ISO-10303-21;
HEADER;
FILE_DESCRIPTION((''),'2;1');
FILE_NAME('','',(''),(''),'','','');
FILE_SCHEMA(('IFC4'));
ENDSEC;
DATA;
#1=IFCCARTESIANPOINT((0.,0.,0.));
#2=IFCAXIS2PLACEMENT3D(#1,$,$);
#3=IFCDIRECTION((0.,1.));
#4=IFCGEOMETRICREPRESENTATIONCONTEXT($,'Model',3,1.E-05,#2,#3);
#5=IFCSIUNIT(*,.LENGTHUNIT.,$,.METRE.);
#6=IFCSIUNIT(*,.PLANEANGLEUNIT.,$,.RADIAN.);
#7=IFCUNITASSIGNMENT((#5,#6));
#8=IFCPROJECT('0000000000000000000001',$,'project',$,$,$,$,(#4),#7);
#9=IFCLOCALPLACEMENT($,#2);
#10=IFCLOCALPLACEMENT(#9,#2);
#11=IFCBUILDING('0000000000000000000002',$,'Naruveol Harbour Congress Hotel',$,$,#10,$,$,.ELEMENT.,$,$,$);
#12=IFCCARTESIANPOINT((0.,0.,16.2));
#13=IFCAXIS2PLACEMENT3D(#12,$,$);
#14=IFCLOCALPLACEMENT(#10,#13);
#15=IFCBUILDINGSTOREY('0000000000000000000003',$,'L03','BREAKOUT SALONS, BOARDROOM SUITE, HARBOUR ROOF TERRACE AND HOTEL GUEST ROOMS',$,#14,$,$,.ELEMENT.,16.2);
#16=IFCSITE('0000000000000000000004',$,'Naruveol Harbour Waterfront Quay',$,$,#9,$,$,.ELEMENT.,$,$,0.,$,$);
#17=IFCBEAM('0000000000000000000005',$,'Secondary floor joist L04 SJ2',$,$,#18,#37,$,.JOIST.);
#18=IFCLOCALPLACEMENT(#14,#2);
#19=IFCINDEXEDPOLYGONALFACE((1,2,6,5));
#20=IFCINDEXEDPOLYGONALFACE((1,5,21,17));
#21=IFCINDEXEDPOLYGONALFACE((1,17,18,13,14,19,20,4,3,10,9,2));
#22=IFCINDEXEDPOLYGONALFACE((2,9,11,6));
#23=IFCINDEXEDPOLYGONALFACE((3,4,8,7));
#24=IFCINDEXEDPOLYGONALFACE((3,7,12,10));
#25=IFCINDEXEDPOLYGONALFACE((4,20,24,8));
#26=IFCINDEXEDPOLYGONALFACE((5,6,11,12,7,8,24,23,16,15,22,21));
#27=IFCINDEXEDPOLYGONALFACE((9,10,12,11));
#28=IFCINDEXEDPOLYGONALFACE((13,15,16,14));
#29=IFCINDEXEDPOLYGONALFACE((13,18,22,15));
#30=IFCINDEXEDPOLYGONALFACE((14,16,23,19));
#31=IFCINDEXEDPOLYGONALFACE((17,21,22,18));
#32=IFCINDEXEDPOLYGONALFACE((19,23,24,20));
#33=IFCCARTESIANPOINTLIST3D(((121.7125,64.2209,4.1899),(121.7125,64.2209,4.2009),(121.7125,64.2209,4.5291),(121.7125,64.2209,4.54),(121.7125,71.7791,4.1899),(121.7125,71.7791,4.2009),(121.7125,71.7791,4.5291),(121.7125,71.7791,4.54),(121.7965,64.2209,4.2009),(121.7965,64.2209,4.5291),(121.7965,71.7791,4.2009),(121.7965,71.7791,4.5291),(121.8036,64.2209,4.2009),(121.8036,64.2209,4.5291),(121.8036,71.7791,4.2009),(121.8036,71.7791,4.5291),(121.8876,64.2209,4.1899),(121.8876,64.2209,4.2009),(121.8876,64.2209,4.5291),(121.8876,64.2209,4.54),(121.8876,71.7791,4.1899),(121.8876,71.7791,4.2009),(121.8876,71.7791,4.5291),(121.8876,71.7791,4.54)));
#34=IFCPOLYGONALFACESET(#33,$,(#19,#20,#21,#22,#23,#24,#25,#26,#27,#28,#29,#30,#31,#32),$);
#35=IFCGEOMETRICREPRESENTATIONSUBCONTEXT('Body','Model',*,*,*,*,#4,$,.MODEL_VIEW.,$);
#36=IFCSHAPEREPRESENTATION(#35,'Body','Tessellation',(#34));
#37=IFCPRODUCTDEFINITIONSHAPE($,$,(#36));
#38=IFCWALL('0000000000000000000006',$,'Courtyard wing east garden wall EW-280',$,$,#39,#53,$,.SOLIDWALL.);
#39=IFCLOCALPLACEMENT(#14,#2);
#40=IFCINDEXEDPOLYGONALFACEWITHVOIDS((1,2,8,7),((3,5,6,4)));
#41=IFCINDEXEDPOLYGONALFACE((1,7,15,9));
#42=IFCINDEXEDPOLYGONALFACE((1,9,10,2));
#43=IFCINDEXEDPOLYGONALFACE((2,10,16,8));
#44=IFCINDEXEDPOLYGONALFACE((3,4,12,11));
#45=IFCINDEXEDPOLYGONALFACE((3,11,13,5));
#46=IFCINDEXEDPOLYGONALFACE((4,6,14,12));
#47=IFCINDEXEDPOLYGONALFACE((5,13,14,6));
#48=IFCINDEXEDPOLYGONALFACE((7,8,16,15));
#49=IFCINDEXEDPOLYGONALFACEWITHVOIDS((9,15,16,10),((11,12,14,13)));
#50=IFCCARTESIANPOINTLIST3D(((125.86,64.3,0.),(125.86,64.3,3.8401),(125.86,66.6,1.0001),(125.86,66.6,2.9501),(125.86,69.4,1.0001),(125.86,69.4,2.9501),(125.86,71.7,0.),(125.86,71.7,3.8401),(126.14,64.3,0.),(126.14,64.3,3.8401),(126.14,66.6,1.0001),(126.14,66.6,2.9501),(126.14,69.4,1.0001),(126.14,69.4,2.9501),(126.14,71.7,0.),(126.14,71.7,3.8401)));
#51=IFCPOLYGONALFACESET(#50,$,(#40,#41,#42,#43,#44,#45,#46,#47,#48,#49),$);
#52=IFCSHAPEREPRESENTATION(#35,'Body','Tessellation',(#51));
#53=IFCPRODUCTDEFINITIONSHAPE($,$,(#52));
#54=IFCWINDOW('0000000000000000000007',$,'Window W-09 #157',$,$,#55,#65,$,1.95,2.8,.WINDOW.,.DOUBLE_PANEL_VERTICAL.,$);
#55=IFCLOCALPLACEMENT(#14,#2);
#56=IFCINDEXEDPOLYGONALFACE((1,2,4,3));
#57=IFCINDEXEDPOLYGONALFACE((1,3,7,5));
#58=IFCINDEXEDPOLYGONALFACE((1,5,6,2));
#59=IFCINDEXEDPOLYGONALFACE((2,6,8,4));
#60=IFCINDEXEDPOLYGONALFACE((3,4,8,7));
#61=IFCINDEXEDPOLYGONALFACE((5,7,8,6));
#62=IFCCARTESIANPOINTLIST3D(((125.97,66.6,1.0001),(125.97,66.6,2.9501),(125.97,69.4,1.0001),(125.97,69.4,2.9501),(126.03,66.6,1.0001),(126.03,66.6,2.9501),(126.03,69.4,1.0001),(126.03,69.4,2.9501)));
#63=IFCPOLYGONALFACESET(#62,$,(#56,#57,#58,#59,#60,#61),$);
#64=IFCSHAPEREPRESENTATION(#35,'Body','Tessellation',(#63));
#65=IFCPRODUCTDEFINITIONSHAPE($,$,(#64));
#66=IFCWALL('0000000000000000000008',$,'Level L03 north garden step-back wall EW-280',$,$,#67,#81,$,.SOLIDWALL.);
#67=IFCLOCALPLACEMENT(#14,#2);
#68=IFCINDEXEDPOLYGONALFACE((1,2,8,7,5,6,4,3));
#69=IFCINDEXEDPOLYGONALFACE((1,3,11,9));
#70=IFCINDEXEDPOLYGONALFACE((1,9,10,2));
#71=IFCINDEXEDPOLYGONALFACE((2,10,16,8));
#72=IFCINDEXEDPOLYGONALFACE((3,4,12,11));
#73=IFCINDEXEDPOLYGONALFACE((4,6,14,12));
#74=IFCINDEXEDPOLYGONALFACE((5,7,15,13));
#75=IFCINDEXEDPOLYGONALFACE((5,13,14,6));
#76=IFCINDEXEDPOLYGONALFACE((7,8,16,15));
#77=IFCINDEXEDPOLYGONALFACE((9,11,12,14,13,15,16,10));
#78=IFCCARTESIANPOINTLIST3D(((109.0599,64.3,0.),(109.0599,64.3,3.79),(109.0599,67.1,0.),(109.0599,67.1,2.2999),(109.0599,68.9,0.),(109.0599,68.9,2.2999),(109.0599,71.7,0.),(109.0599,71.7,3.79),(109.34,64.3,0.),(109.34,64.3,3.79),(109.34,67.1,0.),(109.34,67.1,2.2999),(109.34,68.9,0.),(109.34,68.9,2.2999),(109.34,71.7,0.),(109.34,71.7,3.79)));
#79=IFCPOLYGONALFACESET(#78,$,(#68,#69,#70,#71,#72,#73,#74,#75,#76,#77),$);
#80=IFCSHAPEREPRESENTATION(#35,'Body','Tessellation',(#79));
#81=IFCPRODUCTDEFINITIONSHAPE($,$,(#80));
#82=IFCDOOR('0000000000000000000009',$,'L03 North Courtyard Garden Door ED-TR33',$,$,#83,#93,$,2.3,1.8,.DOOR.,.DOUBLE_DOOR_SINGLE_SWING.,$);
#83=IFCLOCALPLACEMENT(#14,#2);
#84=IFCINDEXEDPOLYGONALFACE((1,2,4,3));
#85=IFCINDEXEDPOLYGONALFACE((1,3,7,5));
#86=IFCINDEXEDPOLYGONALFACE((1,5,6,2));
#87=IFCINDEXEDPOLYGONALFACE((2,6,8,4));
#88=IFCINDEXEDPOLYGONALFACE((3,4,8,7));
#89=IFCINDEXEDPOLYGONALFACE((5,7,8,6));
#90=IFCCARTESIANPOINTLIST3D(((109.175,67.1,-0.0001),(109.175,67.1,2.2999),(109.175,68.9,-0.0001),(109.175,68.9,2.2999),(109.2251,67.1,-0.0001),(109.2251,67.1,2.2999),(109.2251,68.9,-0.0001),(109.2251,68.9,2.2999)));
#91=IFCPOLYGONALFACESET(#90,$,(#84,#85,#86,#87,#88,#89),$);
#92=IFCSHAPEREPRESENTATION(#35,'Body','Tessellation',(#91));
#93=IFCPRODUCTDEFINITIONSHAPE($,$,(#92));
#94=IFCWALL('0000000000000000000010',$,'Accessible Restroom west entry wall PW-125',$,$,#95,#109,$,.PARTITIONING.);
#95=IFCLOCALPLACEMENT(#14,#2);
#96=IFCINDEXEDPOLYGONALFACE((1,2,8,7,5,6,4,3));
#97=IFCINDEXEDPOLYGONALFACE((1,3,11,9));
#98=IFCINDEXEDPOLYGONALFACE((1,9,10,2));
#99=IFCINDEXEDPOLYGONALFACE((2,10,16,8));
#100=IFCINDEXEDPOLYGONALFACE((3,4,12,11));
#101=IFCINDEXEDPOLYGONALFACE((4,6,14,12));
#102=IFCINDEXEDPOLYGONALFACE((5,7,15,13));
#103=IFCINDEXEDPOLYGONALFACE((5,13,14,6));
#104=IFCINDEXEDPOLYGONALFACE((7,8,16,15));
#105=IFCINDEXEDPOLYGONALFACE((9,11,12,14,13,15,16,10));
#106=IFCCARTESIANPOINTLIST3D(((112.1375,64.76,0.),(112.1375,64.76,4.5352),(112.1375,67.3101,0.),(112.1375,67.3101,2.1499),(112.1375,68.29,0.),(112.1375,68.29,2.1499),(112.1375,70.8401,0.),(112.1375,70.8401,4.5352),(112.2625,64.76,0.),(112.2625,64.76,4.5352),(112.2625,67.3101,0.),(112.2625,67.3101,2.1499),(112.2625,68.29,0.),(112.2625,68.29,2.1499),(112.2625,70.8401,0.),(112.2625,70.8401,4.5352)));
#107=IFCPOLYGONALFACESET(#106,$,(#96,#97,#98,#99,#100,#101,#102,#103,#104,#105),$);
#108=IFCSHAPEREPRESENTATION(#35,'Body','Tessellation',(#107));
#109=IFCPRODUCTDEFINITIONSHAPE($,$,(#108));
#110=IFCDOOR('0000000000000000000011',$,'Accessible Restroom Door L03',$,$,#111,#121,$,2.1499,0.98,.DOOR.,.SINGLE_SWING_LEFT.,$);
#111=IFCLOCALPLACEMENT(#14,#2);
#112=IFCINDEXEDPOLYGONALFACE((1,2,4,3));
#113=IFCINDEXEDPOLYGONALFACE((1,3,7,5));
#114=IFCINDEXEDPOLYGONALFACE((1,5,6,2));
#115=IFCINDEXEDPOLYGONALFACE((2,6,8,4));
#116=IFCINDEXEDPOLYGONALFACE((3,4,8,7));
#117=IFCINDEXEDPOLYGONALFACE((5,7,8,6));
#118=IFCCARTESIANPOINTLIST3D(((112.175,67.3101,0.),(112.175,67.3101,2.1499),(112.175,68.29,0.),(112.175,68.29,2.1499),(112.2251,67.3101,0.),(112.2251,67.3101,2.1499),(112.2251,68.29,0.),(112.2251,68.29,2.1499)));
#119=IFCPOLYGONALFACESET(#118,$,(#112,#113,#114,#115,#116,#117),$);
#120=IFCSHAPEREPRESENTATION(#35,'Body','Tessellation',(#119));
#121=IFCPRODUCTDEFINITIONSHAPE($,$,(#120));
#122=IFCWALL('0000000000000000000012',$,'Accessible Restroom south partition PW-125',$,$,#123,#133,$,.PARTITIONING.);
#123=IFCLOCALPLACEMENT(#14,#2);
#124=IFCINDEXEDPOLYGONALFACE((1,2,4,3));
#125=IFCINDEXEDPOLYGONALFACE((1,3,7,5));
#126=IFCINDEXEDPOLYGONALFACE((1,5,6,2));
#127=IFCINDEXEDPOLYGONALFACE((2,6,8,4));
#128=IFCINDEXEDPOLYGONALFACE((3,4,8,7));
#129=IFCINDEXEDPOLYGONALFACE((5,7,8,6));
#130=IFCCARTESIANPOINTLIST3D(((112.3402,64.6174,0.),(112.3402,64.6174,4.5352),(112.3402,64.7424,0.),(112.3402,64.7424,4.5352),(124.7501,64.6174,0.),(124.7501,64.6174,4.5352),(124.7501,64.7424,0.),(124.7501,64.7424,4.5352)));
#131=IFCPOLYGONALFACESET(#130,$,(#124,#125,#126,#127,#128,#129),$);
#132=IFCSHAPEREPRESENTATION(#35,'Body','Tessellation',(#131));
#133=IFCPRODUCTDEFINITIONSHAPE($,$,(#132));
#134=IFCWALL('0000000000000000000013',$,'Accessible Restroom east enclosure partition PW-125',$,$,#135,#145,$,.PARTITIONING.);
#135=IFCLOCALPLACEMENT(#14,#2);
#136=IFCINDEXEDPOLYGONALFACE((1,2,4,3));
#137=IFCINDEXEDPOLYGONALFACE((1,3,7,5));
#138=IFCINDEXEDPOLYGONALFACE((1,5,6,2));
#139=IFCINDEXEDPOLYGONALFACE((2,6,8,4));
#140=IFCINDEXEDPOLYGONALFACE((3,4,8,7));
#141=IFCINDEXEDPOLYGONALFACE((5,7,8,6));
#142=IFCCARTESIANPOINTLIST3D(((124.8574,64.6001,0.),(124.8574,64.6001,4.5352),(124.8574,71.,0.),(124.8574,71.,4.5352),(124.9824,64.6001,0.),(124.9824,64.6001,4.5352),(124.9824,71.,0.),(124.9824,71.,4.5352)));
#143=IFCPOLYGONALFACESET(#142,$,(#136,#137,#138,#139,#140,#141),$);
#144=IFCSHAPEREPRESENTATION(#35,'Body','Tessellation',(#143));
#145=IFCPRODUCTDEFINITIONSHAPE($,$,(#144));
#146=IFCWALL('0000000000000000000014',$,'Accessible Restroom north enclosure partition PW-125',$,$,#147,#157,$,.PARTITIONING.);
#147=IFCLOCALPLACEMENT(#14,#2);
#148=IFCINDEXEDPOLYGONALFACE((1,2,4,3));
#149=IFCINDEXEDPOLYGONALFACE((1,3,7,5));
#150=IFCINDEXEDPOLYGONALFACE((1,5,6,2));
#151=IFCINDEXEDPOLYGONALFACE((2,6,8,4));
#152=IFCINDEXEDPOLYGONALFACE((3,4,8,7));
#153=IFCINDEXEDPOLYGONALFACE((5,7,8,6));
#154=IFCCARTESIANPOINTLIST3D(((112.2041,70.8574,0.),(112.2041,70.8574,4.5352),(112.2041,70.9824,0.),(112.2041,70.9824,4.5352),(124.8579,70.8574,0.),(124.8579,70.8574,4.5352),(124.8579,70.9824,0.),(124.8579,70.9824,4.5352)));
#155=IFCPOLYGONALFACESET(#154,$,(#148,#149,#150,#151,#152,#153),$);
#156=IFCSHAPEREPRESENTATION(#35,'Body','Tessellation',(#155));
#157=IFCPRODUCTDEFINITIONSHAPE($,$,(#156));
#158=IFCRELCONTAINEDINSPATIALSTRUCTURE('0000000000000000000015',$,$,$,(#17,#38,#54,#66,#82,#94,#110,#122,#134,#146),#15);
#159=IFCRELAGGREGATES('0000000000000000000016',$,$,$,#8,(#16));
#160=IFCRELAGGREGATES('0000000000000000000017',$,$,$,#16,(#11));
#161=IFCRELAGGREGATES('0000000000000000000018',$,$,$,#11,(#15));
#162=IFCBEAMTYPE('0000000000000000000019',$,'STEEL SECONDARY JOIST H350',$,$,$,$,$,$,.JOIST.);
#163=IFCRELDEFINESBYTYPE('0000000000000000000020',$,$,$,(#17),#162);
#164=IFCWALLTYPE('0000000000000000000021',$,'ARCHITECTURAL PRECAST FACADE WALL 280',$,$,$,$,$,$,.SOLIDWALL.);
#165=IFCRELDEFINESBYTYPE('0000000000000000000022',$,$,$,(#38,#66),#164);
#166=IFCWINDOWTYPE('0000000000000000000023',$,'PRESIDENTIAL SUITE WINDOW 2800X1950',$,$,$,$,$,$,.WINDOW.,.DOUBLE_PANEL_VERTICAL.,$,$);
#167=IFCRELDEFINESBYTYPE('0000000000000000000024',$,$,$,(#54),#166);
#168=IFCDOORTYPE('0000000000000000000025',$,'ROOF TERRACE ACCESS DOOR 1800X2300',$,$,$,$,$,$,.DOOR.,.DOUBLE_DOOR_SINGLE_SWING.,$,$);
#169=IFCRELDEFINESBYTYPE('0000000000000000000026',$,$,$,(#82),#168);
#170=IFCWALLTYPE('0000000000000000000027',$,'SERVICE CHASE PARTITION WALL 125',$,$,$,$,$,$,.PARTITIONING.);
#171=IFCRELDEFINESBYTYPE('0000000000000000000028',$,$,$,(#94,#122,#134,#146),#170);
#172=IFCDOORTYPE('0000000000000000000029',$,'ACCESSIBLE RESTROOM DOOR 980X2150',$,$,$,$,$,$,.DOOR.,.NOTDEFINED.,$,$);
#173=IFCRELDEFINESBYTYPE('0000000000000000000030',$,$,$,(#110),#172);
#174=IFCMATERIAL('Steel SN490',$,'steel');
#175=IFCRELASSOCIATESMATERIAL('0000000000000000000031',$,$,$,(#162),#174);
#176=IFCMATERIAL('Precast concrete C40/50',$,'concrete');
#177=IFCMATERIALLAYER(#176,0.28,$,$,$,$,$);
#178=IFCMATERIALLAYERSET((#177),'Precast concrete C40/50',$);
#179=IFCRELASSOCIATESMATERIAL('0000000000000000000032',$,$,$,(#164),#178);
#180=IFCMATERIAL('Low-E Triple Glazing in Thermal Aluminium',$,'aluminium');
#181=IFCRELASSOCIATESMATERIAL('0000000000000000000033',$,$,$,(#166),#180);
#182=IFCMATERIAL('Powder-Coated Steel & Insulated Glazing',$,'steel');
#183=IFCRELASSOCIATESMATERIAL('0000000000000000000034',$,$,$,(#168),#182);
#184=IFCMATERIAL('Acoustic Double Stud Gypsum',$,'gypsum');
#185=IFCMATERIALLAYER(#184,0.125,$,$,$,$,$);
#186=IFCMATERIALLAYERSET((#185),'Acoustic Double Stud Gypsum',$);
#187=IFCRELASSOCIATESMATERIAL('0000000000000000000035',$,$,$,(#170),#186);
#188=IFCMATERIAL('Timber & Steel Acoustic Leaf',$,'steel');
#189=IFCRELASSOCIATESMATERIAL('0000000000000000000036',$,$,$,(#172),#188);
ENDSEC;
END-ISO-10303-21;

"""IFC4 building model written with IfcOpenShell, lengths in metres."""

from ifc_helpers import new_model, si_unit, direction, frame, frame_2d, origin, origin_2d, place, context, subcontext, project, spatial, rectangle, i_section, extrude, material, layer, layer_set, material_profile, profile_set, type_object, element, fill, save


model = new_model("IFC4")

# Units and contexts
model_context = context("Model", 3, precision=1e-05, world=origin(), true_north=direction((0.0, 1.0)))
body_context = subcontext(model_context, "Body", "Model", "MODEL_VIEW")
ifc_project = project(units=[si_unit("LENGTHUNIT", "METRE"), si_unit("PLANEANGLEUNIT", "RADIAN")], contexts=[model_context])

# Site, building, storey
site_placement = place(None, origin())
site = spatial("IfcSite", under=ifc_project, at=site_placement, Name="Naruveol Harbour Waterfront Quay", CompositionType="ELEMENT", RefElevation=0.0)
building_placement = place(site_placement, origin())
building = spatial("IfcBuilding", under=site, at=building_placement, Name="Naruveol Harbour Congress Hotel", CompositionType="ELEMENT")
storey_placement = place(building_placement, frame((0.0, 0.0, 16.2)))
storey = spatial("IfcBuildingStorey", under=building, at=storey_placement, Name="L03", Description="BREAKOUT SALONS, BOARDROOM SUITE, HARBOUR ROOF TERRACE AND HOTEL GUEST ROOMS", CompositionType="ELEMENT", Elevation=16.2)

# Beam
ifc_material_1 = material(Name="Steel SN490", Category="steel")
ifc_material_profile_1 = material_profile(ifc_material_1, i_section(OverallWidth=0.175, OverallDepth=0.3501, WebThickness=0.0071, FlangeThickness=0.011, at=origin_2d()), Name="H-350x175x7x11")
ifc_profile_set_1 = profile_set([ifc_material_profile_1], Name="Steel SN490")
beam_type_1 = type_object("IfcBeamType", Name="STEEL SECONDARY JOIST H350", PredefinedType="JOIST", material=ifc_profile_set_1)
beam_1_placement = place(storey_placement, frame((121.8, 64.2209, 4.365), z_axis=(0.0, 1.0, 0.0), x_axis=(-1.0, 0.0, 0.0)))
element("IfcBeam", 1, at=beam_1_placement, inside=storey, type_object=beam_type_1, Name="Secondary floor joist L04 SJ2", PredefinedType="JOIST", context=body_context, shape_type="SweptSolid", body=[
    extrude(i_section(OverallWidth=0.175, OverallDepth=0.3501, WebThickness=0.0071, FlangeThickness=0.011, at=origin_2d()), origin(), (0.0, 0.0, 1.0), 7.5581),
])

# Wall, opening, window
ifc_material_2 = material(Name="Precast concrete C40/50", Category="concrete")
ifc_layer_1 = layer(ifc_material_2, 0.28)
ifc_layer_set_1 = layer_set([ifc_layer_1], Name="Precast concrete C40/50")
wall_type_1 = type_object("IfcWallType", Name="ARCHITECTURAL PRECAST FACADE WALL 280", PredefinedType="SOLIDWALL", material=ifc_layer_set_1)
wall_1_placement = place(storey_placement, frame((126.0, 71.7, 0.0), z_axis=(0.0, 0.0, 1.0), x_axis=(0.0, -1.0, 0.0)))
wall_1 = element("IfcWall", 2, at=wall_1_placement, inside=storey, type_object=wall_type_1, Name="Courtyard wing east garden wall EW-280", PredefinedType="SOLIDWALL", context=body_context, shape_type="SweptSolid", body=[
    extrude(rectangle(XDim=7.3999, YDim=0.28, at=frame_2d((3.7, 0.0))), origin(), (0.0, 0.0, 1.0), 3.8401),
])
opening_1_placement = place(wall_1_placement, frame((2.3, 0.0, 1.0)))
opening_1 = element("IfcOpeningElement", 3, at=opening_1_placement, cuts=wall_1, PredefinedType="OPENING", context=body_context, shape_type="SweptSolid", body=[
    extrude(rectangle(XDim=2.8, YDim=1.95, at=frame_2d((1.3999, 0.9751))), frame((0.0, 0.1499, 0.0), z_axis=(0.0, -1.0, 0.0), x_axis=(1.0, 0.0, 0.0)), (0.0, 0.0, 1.0), 0.3),
])
ifc_material_3 = material(Name="Low-E Triple Glazing in Thermal Aluminium", Category="aluminium")
window_type = type_object("IfcWindowType", Name="PRESIDENTIAL SUITE WINDOW 2800X1950", PartitioningType="DOUBLE_PANEL_VERTICAL", PredefinedType="WINDOW", material=ifc_material_3)
window_placement = place(opening_1_placement, origin())
window = element("IfcWindow", 4, at=window_placement, inside=storey, type_object=window_type, Name="Window W-09 #157", OverallHeight=1.95, OverallWidth=2.8, PartitioningType="DOUBLE_PANEL_VERTICAL", PredefinedType="WINDOW", context=body_context, shape_type="SweptSolid", body=[
    extrude(rectangle(XDim=2.8, YDim=1.95, at=frame_2d((1.3999, 0.9751))), frame((0.0, 0.03, 0.0), z_axis=(0.0, -1.0, 0.0), x_axis=(1.0, 0.0, 0.0)), (0.0, 0.0, 1.0), 0.0601),
])
fill(opening_1, window)

# Walls, openings, doors
wall_2_placement = place(storey_placement, frame((109.2, 64.3, 0.0), z_axis=(0.0, 0.0, 1.0), x_axis=(0.0, 1.0, 0.0)))
wall_2 = element("IfcWall", 5, at=wall_2_placement, inside=storey, type_object=wall_type_1, Name="Level L03 north garden step-back wall EW-280", PredefinedType="SOLIDWALL", context=body_context, shape_type="SweptSolid", body=[
    extrude(rectangle(XDim=7.3999, YDim=0.28, at=frame_2d((3.7, 0.0))), origin(), (0.0, 0.0, 1.0), 3.79),
])
opening_2_placement = place(wall_2_placement, frame((2.8, 0.0, 0.0)))
opening_2 = element("IfcOpeningElement", 6, at=opening_2_placement, cuts=wall_2, PredefinedType="OPENING", context=body_context, shape_type="SweptSolid", body=[
    extrude(rectangle(XDim=1.8, YDim=2.3, at=frame_2d((0.8999, 1.1499))), frame((0.0, 0.1499, 0.0), z_axis=(0.0, -1.0, 0.0), x_axis=(1.0, 0.0, 0.0)), (0.0, 0.0, 1.0), 0.3),
])
ifc_material_4 = material(Name="Powder-Coated Steel & Insulated Glazing", Category="steel")
door_type_1 = type_object("IfcDoorType", Name="ROOF TERRACE ACCESS DOOR 1800X2300", OperationType="DOUBLE_DOOR_SINGLE_SWING", PredefinedType="DOOR", material=ifc_material_4)
door_1_placement = place(opening_2_placement, origin())
door_1 = element("IfcDoor", 7, at=door_1_placement, inside=storey, type_object=door_type_1, Name="L03 North Courtyard Garden Door ED-TR33", OperationType="DOUBLE_DOOR_SINGLE_SWING", OverallHeight=2.3, OverallWidth=1.8, PredefinedType="DOOR", context=body_context, shape_type="SweptSolid", body=[
    extrude(rectangle(XDim=1.8, YDim=2.3, at=frame_2d((0.8999, 1.1499))), frame((0.0, 0.0249, 0.0), z_axis=(0.0, -1.0, 0.0), x_axis=(1.0, 0.0, 0.0)), (0.0, 0.0, 1.0), 0.05),
])
fill(opening_2, door_1)
ifc_material_5 = material(Name="Acoustic Double Stud Gypsum", Category="gypsum")
ifc_layer_2 = layer(ifc_material_5, 0.125)
ifc_layer_set_2 = layer_set([ifc_layer_2], Name="Acoustic Double Stud Gypsum")
wall_type_2 = type_object("IfcWallType", Name="SERVICE CHASE PARTITION WALL 125", PredefinedType="PARTITIONING", material=ifc_layer_set_2)
wall_3_placement = place(storey_placement, frame((112.2, 64.76, 0.0), z_axis=(0.0, 0.0, 1.0), x_axis=(0.0, 1.0, 0.0)))
wall_3 = element("IfcWall", 8, at=wall_3_placement, inside=storey, type_object=wall_type_2, Name="Accessible Restroom west entry wall PW-125", PredefinedType="PARTITIONING", context=body_context, shape_type="SweptSolid", body=[
    extrude(rectangle(XDim=6.0801, YDim=0.125, at=frame_2d((3.04, 0.0))), origin(), (0.0, 0.0, 1.0), 4.5352),
])
opening_3_placement = place(wall_3_placement, frame((2.55, 0.0, 0.0)))
opening_3 = element("IfcOpeningElement", 9, at=opening_3_placement, cuts=wall_3, PredefinedType="OPENING", context=body_context, shape_type="SweptSolid", body=[
    extrude(rectangle(XDim=0.98, YDim=2.1499, at=frame_2d((0.49, 1.075))), frame((0.0, 0.0725, 0.0), z_axis=(0.0, -1.0, 0.0), x_axis=(1.0, 0.0, 0.0)), (0.0, 0.0, 1.0), 0.145),
])
ifc_material_6 = material(Name="Timber & Steel Acoustic Leaf", Category="steel")
door_type_2 = type_object("IfcDoorType", Name="ACCESSIBLE RESTROOM DOOR 980X2150", OperationType="NOTDEFINED", PredefinedType="DOOR", material=ifc_material_6)
door_2_placement = place(opening_3_placement, origin())
door_2 = element("IfcDoor", 10, at=door_2_placement, inside=storey, type_object=door_type_2, Name="Accessible Restroom Door L03", OperationType="SINGLE_SWING_LEFT", OverallHeight=2.1499, OverallWidth=0.98, PredefinedType="DOOR", context=body_context, shape_type="SweptSolid", body=[
    extrude(rectangle(XDim=0.98, YDim=2.1499, at=frame_2d((0.49, 1.075))), frame((0.0, 0.0249, 0.0), z_axis=(0.0, -1.0, 0.0), x_axis=(1.0, 0.0, 0.0)), (0.0, 0.0, 1.0), 0.05),
])
fill(opening_3, door_2)

# Walls
wall_4_placement = place(storey_placement, frame((112.3401, 64.6799, 0.0), z_axis=(0.0, 0.0, 1.0), x_axis=(1.0, 0.0, 0.0)))
element("IfcWall", 11, at=wall_4_placement, inside=storey, type_object=wall_type_2, Name="Accessible Restroom south partition PW-125", PredefinedType="PARTITIONING", context=body_context, shape_type="SweptSolid", body=[
    extrude(rectangle(XDim=12.4099, YDim=0.125, at=frame_2d((6.2051, 0.0))), origin(), (0.0, 0.0, 1.0), 4.5352),
])
wall_5_placement = place(storey_placement, frame((124.9199, 64.6001, 0.0), z_axis=(0.0, 0.0, 1.0), x_axis=(0.0, 1.0, 0.0)))
element("IfcWall", 12, at=wall_5_placement, inside=storey, type_object=wall_type_2, Name="Accessible Restroom east enclosure partition PW-125", PredefinedType="PARTITIONING", context=body_context, shape_type="SweptSolid", body=[
    extrude(rectangle(XDim=6.3999, YDim=0.125, at=frame_2d((3.2, 0.0))), origin(), (0.0, 0.0, 1.0), 4.5352),
])
wall_6_placement = place(storey_placement, frame((112.2041, 70.9199, 0.0), z_axis=(0.0, 0.0, 1.0), x_axis=(1.0, 0.0, 0.0)))
element("IfcWall", 13, at=wall_6_placement, inside=storey, type_object=wall_type_2, Name="Accessible Restroom north enclosure partition PW-125", PredefinedType="PARTITIONING", context=body_context, shape_type="SweptSolid", body=[
    extrude(rectangle(XDim=12.6538, YDim=0.125, at=frame_2d((6.3269, 0.0))), origin(), (0.0, 0.0, 1.0), 4.5352),
])

save(model, "model.ifc")
